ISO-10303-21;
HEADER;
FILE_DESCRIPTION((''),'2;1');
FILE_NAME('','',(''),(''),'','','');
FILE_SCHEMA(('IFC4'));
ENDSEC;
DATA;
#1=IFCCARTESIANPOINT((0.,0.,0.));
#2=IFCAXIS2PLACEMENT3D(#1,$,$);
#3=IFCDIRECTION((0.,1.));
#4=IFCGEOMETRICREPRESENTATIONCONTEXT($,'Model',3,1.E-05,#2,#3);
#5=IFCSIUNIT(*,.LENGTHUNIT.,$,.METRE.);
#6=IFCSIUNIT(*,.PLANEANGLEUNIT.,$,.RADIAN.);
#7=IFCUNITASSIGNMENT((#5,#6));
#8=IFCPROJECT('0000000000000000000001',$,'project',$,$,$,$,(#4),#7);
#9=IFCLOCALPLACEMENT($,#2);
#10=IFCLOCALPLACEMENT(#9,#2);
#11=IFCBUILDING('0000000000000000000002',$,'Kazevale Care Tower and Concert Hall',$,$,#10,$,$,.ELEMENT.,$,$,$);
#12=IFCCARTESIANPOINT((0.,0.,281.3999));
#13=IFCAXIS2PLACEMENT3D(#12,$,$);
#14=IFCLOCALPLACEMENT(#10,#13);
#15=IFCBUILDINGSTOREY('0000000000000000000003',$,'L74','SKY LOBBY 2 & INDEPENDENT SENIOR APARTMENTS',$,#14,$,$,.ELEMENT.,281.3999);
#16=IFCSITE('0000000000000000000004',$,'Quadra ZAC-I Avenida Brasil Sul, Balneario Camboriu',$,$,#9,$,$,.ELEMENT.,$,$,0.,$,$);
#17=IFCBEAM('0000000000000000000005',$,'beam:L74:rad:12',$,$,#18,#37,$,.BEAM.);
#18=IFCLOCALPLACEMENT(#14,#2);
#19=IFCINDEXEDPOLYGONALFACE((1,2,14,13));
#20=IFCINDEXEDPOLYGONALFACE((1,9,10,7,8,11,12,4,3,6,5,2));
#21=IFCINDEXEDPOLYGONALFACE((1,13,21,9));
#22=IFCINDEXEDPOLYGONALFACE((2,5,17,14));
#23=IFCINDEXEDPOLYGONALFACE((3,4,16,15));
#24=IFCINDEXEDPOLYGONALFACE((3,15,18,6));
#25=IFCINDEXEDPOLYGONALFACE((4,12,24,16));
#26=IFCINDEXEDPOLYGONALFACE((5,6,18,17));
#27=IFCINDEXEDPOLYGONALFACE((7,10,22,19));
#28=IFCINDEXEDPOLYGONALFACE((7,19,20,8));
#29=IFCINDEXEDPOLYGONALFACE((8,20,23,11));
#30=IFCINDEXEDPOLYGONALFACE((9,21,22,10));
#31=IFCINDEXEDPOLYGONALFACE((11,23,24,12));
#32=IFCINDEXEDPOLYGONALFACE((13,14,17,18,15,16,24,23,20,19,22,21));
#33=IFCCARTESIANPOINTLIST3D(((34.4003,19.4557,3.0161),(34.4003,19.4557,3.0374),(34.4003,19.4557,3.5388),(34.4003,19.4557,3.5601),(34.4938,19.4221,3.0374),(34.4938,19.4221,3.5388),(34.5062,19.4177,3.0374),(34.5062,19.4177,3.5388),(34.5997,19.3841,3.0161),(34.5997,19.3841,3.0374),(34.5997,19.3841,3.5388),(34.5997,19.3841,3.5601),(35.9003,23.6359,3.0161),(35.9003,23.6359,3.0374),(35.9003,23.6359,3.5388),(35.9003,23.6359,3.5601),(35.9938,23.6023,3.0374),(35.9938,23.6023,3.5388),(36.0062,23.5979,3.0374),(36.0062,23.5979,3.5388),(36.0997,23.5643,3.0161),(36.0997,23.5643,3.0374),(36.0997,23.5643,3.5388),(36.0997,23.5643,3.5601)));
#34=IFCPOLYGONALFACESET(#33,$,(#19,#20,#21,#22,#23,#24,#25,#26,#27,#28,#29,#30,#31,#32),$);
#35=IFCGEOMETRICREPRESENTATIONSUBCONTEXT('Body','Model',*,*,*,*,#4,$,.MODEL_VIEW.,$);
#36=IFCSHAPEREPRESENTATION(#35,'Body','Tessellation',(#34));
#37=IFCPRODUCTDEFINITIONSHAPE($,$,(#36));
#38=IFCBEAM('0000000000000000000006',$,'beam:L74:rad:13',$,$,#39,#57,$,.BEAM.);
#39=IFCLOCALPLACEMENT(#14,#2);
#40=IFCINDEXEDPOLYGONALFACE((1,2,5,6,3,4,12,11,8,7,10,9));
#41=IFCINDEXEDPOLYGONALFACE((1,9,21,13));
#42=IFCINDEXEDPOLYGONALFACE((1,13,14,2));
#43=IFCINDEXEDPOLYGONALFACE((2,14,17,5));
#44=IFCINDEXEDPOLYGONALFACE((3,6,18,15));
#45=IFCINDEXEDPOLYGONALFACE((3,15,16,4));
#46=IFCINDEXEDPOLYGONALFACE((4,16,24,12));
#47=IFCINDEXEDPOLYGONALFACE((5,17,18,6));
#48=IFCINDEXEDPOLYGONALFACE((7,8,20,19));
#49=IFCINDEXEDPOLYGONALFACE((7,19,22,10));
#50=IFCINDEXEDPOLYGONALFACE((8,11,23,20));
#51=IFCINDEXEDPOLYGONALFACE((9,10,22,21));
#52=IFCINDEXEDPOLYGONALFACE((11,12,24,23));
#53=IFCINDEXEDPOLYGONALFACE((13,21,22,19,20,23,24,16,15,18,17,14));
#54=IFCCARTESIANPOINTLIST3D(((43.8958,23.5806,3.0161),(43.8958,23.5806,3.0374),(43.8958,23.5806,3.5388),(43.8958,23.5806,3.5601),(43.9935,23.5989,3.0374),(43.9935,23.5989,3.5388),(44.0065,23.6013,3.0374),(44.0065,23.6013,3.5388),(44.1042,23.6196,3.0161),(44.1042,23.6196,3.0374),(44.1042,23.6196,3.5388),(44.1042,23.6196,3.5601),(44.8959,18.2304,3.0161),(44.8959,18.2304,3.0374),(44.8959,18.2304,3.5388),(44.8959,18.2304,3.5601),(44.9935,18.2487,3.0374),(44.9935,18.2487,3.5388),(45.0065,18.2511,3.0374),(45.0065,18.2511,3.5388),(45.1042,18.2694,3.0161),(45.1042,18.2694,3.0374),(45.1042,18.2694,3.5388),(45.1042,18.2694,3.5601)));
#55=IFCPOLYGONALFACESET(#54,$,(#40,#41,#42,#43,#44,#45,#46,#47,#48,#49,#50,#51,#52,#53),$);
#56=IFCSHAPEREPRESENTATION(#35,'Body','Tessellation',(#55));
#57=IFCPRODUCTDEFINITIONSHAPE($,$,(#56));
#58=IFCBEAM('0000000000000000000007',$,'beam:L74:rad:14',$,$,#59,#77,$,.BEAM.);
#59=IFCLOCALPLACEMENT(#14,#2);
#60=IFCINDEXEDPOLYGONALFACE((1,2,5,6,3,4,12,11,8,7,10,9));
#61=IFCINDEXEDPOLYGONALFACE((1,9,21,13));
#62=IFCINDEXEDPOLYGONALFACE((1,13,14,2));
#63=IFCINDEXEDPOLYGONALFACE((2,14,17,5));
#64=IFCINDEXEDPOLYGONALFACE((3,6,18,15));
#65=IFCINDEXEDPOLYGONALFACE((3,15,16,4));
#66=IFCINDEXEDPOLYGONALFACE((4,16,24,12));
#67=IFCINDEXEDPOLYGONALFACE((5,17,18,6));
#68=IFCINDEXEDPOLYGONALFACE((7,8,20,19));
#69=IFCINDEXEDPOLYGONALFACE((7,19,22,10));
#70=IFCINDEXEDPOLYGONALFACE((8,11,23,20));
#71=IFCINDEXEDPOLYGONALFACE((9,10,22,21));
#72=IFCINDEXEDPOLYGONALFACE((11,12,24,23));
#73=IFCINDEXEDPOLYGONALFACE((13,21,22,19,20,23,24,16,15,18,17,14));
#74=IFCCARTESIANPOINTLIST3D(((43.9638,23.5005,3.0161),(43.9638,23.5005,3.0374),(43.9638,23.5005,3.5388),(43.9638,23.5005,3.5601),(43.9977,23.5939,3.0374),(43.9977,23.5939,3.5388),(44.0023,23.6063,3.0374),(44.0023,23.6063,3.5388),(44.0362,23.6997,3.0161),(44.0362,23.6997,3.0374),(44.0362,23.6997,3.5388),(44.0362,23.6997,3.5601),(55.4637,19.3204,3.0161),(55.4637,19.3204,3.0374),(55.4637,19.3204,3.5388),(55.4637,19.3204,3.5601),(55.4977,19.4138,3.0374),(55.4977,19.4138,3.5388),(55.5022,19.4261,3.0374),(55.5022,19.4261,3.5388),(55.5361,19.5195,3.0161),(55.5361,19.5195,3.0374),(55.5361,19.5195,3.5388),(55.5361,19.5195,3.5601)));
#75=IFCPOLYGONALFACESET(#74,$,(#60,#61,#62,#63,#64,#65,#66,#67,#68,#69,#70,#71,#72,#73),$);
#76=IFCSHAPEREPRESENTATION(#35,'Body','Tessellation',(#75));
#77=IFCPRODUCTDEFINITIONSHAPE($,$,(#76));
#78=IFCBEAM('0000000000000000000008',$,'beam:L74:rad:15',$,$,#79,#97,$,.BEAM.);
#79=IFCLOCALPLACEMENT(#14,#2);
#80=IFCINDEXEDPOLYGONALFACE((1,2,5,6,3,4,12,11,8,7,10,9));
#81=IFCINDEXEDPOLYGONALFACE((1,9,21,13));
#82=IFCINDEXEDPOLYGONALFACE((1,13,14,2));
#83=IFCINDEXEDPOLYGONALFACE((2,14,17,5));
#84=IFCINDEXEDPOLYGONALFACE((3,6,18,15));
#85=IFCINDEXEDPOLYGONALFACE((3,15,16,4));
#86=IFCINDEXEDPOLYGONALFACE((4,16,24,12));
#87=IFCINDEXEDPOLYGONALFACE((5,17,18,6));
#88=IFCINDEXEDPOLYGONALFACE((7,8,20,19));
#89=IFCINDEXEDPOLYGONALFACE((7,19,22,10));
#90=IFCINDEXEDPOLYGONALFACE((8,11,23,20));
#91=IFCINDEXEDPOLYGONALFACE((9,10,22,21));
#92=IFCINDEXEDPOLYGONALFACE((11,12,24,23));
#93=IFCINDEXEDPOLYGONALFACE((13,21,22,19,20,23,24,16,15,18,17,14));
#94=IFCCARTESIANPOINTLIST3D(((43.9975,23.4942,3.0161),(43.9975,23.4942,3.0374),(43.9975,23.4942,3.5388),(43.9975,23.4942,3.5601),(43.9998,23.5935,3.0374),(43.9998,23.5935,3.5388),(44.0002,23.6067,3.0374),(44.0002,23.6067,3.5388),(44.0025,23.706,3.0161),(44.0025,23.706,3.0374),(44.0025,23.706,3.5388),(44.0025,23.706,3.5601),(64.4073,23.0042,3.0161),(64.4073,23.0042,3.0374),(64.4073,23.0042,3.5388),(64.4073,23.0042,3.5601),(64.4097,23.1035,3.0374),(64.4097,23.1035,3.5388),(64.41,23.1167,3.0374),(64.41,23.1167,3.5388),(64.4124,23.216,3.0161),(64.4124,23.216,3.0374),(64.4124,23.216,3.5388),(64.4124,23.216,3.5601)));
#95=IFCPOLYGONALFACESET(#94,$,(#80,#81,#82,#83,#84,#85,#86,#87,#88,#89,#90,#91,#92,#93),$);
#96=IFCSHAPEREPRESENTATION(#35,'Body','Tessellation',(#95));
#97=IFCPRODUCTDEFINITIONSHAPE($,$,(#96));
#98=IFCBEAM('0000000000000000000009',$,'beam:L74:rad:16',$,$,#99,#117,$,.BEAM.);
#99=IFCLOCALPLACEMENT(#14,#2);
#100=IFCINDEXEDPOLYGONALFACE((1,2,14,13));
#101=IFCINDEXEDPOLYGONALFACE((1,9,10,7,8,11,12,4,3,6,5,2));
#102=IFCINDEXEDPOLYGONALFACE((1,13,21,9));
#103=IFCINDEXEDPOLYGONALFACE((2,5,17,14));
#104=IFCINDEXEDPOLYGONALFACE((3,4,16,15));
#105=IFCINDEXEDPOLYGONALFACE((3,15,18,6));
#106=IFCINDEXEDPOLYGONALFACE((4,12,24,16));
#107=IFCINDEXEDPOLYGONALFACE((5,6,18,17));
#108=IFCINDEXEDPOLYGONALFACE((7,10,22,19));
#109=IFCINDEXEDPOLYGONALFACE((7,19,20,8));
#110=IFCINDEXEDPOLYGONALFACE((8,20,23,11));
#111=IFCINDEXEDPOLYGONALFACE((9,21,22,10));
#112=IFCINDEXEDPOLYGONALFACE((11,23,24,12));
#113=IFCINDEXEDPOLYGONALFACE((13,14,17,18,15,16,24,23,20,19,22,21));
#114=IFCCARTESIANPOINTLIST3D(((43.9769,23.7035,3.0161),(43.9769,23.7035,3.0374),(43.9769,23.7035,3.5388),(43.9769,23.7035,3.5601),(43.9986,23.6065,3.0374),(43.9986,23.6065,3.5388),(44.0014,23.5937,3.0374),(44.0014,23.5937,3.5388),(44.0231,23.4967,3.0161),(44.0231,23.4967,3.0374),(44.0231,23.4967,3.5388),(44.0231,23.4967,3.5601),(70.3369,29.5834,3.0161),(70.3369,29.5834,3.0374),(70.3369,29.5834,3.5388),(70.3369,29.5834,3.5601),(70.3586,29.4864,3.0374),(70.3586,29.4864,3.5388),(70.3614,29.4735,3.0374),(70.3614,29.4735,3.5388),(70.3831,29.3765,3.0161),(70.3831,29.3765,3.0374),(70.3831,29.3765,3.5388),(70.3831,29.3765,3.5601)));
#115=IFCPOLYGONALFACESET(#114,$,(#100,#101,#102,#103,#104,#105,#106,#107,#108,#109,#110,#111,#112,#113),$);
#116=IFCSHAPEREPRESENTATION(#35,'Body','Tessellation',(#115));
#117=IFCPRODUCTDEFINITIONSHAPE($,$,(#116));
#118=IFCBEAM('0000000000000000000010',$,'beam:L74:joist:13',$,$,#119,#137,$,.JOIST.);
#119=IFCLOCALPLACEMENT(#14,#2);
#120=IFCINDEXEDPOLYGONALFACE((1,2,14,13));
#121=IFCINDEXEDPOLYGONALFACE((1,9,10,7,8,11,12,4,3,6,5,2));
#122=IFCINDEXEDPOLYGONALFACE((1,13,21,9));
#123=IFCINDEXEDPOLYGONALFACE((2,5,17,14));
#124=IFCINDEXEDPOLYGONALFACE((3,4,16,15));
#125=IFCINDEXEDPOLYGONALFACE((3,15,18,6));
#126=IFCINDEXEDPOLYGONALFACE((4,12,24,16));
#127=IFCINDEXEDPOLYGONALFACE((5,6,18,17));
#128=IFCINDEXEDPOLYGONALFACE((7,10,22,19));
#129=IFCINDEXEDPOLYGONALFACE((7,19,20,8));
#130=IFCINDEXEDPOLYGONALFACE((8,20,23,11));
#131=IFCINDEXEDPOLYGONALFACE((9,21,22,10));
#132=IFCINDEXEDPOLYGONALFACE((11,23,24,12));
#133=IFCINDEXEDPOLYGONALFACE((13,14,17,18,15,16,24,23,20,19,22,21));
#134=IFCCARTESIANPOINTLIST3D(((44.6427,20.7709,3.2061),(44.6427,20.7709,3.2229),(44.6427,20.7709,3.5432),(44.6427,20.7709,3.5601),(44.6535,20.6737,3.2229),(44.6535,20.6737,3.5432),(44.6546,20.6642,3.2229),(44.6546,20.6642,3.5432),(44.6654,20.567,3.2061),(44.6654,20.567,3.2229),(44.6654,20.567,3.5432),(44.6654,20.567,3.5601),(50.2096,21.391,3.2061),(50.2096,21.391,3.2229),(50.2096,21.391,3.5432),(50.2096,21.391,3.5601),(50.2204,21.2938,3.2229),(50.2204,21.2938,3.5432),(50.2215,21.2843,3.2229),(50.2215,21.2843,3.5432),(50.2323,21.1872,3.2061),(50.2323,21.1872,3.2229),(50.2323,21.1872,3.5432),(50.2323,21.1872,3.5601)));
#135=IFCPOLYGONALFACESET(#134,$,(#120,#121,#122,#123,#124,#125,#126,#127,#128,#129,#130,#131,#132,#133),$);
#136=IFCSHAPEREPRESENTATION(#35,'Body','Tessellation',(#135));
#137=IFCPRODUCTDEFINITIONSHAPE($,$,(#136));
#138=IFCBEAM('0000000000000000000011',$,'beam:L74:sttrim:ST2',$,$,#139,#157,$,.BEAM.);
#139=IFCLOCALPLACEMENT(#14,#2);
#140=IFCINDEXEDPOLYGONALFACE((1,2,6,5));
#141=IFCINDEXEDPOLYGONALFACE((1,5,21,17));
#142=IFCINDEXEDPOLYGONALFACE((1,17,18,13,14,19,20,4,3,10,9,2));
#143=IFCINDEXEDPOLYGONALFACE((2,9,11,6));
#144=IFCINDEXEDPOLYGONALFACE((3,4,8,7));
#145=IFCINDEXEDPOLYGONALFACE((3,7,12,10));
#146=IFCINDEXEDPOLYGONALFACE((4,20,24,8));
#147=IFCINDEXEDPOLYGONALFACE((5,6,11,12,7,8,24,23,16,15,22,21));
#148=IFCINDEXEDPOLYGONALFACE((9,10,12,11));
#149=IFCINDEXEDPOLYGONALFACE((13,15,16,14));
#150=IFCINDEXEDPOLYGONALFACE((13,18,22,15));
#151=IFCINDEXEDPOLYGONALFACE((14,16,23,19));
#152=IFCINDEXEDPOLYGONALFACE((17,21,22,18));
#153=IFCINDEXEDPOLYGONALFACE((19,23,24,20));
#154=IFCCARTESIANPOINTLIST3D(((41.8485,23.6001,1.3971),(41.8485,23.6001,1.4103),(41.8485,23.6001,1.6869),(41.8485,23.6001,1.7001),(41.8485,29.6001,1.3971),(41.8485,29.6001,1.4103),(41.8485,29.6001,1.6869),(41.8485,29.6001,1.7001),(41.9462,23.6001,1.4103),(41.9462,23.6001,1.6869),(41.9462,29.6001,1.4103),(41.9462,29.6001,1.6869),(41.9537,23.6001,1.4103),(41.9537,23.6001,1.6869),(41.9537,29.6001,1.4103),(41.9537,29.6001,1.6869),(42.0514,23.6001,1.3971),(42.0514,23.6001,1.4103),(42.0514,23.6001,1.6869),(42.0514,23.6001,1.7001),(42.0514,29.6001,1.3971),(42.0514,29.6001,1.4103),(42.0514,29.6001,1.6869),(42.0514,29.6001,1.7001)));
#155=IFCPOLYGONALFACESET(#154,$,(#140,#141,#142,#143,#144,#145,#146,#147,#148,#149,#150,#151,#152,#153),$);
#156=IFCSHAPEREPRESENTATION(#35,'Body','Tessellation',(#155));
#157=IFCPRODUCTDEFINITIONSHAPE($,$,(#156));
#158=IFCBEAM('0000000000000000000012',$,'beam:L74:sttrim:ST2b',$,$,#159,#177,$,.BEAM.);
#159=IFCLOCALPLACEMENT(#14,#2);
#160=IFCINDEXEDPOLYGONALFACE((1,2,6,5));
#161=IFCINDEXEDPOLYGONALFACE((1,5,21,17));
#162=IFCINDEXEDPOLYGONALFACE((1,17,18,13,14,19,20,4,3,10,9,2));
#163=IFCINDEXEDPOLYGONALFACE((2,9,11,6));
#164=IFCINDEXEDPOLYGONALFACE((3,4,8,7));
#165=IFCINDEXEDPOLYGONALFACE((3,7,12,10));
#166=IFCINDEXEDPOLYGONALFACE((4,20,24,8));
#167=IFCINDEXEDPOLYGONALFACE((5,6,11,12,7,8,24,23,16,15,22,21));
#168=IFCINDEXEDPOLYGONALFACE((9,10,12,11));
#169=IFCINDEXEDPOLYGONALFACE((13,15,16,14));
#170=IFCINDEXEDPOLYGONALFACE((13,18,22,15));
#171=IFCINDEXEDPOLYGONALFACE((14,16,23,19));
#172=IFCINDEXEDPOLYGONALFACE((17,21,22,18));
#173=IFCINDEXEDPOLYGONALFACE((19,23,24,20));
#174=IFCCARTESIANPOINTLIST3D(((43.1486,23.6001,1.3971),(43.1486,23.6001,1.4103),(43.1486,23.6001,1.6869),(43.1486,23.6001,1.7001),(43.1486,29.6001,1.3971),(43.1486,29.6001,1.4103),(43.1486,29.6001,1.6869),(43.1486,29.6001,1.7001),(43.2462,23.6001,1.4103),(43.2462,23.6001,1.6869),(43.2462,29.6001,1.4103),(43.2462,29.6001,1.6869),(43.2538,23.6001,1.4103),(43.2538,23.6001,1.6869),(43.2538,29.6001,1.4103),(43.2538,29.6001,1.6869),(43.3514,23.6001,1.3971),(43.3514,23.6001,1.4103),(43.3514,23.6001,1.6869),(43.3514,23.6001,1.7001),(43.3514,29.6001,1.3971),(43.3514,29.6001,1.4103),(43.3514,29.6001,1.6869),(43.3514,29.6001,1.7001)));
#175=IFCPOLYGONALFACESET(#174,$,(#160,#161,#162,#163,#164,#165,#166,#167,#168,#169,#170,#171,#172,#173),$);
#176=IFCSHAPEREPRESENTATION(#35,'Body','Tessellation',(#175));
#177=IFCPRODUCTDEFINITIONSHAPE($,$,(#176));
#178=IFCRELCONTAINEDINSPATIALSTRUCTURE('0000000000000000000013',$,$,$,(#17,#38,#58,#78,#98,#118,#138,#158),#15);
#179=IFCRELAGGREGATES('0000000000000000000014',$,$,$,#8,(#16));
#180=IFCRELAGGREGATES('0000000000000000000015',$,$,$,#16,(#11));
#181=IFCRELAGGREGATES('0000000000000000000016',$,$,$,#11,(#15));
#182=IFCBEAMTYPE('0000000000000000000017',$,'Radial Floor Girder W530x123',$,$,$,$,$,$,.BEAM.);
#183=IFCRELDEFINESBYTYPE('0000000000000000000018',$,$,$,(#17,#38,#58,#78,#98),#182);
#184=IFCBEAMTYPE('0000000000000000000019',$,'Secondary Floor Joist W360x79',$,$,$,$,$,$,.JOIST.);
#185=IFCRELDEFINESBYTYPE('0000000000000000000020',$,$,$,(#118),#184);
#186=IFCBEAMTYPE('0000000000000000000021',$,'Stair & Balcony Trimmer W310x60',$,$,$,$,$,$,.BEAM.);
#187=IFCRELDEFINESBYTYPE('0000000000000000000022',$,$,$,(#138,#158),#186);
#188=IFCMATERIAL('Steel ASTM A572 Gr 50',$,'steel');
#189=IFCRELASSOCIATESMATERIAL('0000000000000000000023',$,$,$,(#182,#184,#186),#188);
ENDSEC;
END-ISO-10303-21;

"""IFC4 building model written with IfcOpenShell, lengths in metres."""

from ifc_helpers import new_model, si_unit, direction, frame, origin, origin_2d, place, context, subcontext, project, spatial, i_section, extrude, material, material_profile, profile_set, type_object, element, save


model = new_model("IFC4")

# Units and contexts
model_context = context("Model", 3, precision=1e-05, world=origin(), true_north=direction((0.0, 1.0)))
body_context = subcontext(model_context, "Body", "Model", "MODEL_VIEW")
ifc_project = project(units=[si_unit("LENGTHUNIT", "METRE"), si_unit("PLANEANGLEUNIT", "RADIAN")], contexts=[model_context])

# Site, building, storey
site_placement = place(None, origin())
site = spatial("IfcSite", under=ifc_project, at=site_placement, Name="Quadra ZAC-I Avenida Brasil Sul, Balneario Camboriu", CompositionType="ELEMENT", RefElevation=0.0)
building_placement = place(site_placement, origin())
building = spatial("IfcBuilding", under=site, at=building_placement, Name="Kazevale Care Tower and Concert Hall", CompositionType="ELEMENT")
storey_placement = place(building_placement, frame((0.0, 0.0, 281.3999)))
storey = spatial("IfcBuildingStorey", under=building, at=storey_placement, Name="L74", Description="SKY LOBBY 2 & INDEPENDENT SENIOR APARTMENTS", CompositionType="ELEMENT", Elevation=281.3999)

# Beams
ifc_material_1 = material(Name="Steel ASTM A572 Gr 50", Category="steel")
ifc_material_profile_1 = material_profile(ifc_material_1, i_section(OverallWidth=0.2119, OverallDepth=0.5439, WebThickness=0.0132, FlangeThickness=0.0212, at=origin_2d()), Name="W530x123")
ifc_profile_set_1 = profile_set([ifc_material_profile_1], Name="Steel ASTM A572 Gr 50")
beam_type_1 = type_object("IfcBeamType", Name="Radial Floor Girder W530x123", PredefinedType="BEAM", material=ifc_profile_set_1)
beam_1_placement = place(storey_placement, frame((36.0, 23.6001, 3.2881), z_axis=(-0.33775, -0.941236, 0.0), x_axis=(0.941236, -0.33775, 0.0)))
element("IfcBeam", 1, at=beam_1_placement, inside=storey, type_object=beam_type_1, Name="beam:L74:rad:12", PredefinedType="BEAM", context=body_context, shape_type="SweptSolid", body=[
    extrude(i_section(OverallWidth=0.2119, OverallDepth=0.5439, WebThickness=0.0132, FlangeThickness=0.0212, at=origin_2d()), origin(), (0.0, 0.0, 1.0), 4.4412),
])
beam_2_placement = place(storey_placement, frame((44.0, 23.6001, 3.2881), z_axis=(0.183731, -0.982977, 0.0), x_axis=(0.982977, 0.183731, 0.0)))
element("IfcBeam", 2, at=beam_2_placement, inside=storey, type_object=beam_type_1, Name="beam:L74:rad:13", PredefinedType="BEAM", context=body_context, shape_type="SweptSolid", body=[
    extrude(i_section(OverallWidth=0.2119, OverallDepth=0.5439, WebThickness=0.0132, FlangeThickness=0.0212, at=origin_2d()), origin(), (0.0, 0.0, 1.0), 5.4429),
])
beam_3_placement = place(storey_placement, frame((44.0, 23.6001, 3.2881), z_axis=(0.939837, -0.341625, 0.0), x_axis=(0.341625, 0.939837, 0.0)))
element("IfcBeam", 3, at=beam_3_placement, inside=storey, type_object=beam_type_1, Name="beam:L74:rad:14", PredefinedType="BEAM", context=body_context, shape_type="SweptSolid", body=[
    extrude(i_section(OverallWidth=0.2119, OverallDepth=0.5439, WebThickness=0.0132, FlangeThickness=0.0212, at=origin_2d()), origin(), (0.0, 0.0, 1.0), 12.2361),
])
beam_4_placement = place(storey_placement, frame((44.0, 23.6001, 3.2881), z_axis=(0.999712, -0.024001, 0.0), x_axis=(0.024001, 0.999712, 0.0)))
element("IfcBeam", 4, at=beam_4_placement, inside=storey, type_object=beam_type_1, Name="beam:L74:rad:15", PredefinedType="BEAM", context=body_context, shape_type="SweptSolid", body=[
    extrude(i_section(OverallWidth=0.2119, OverallDepth=0.5439, WebThickness=0.0132, FlangeThickness=0.0212, at=origin_2d()), origin(), (0.0, 0.0, 1.0), 20.4158),
])
beam_5_placement = place(storey_placement, frame((44.0, 23.6001, 3.2881), z_axis=(0.976014, 0.217709, 0.0), x_axis=(-0.217709, 0.976014, 0.0)))
element("IfcBeam", 5, at=beam_5_placement, inside=storey, type_object=beam_type_1, Name="beam:L74:rad:16", PredefinedType="BEAM", context=body_context, shape_type="SweptSolid", body=[
    extrude(i_section(OverallWidth=0.2119, OverallDepth=0.5439, WebThickness=0.0132, FlangeThickness=0.0212, at=origin_2d()), origin(), (0.0, 0.0, 1.0), 27.0078),
])
ifc_material_profile_2 = material_profile(ifc_material_1, i_section(OverallWidth=0.2051, OverallDepth=0.354, WebThickness=0.0095, FlangeThickness=0.0168, at=origin_2d()), Name="W360x79")
ifc_profile_set_2 = profile_set([ifc_material_profile_2], Name="Steel ASTM A572 Gr 50")
beam_type_2 = type_object("IfcBeamType", Name="Secondary Floor Joist W360x79", PredefinedType="JOIST", material=ifc_profile_set_2)
beam_6_placement = place(storey_placement, frame((44.6541, 20.6689, 3.3831), z_axis=(0.993853, 0.110709, 0.0), x_axis=(-0.110709, 0.993853, 0.0)))
element("IfcBeam", 6, at=beam_6_placement, inside=storey, type_object=beam_type_2, Name="beam:L74:joist:13", PredefinedType="JOIST", context=body_context, shape_type="SweptSolid", body=[
    extrude(i_section(OverallWidth=0.2051, OverallDepth=0.354, WebThickness=0.0095, FlangeThickness=0.0168, at=origin_2d()), origin(), (0.0, 0.0, 1.0), 5.6013),
])
ifc_material_profile_3 = material_profile(ifc_material_1, i_section(OverallWidth=0.2029, OverallDepth=0.303, WebThickness=0.0076, FlangeThickness=0.0132, at=origin_2d()), Name="W310x60")
ifc_profile_set_3 = profile_set([ifc_material_profile_3], Name="Steel ASTM A572 Gr 50")
beam_type_3 = type_object("IfcBeamType", Name="Stair & Balcony Trimmer W310x60", PredefinedType="BEAM", material=ifc_profile_set_3)
for number, where, z_axis, x_axis, name in (
    (7, (41.95, 23.6001, 1.5486), (0.0, 1.0, 0.0), (-1.0, 0.0, 0.0), "beam:L74:sttrim:ST2"),
    (8, (43.25, 23.6001, 1.5486), (0.0, 1.0, 0.0), (-1.0, 0.0, 0.0), "beam:L74:sttrim:ST2b"),
):
    element("IfcBeam", number, at=place(storey_placement, frame(where, z_axis=z_axis, x_axis=x_axis)), inside=storey, type_object=beam_type_3, Name=name, PredefinedType="BEAM", context=body_context, shape_type="SweptSolid", body=[
        extrude(i_section(OverallWidth=0.2029, OverallDepth=0.303, WebThickness=0.0076, FlangeThickness=0.0132, at=origin_2d()), origin(), (0.0, 0.0, 1.0), 6.0),
    ])

save(model, "model.ifc")
